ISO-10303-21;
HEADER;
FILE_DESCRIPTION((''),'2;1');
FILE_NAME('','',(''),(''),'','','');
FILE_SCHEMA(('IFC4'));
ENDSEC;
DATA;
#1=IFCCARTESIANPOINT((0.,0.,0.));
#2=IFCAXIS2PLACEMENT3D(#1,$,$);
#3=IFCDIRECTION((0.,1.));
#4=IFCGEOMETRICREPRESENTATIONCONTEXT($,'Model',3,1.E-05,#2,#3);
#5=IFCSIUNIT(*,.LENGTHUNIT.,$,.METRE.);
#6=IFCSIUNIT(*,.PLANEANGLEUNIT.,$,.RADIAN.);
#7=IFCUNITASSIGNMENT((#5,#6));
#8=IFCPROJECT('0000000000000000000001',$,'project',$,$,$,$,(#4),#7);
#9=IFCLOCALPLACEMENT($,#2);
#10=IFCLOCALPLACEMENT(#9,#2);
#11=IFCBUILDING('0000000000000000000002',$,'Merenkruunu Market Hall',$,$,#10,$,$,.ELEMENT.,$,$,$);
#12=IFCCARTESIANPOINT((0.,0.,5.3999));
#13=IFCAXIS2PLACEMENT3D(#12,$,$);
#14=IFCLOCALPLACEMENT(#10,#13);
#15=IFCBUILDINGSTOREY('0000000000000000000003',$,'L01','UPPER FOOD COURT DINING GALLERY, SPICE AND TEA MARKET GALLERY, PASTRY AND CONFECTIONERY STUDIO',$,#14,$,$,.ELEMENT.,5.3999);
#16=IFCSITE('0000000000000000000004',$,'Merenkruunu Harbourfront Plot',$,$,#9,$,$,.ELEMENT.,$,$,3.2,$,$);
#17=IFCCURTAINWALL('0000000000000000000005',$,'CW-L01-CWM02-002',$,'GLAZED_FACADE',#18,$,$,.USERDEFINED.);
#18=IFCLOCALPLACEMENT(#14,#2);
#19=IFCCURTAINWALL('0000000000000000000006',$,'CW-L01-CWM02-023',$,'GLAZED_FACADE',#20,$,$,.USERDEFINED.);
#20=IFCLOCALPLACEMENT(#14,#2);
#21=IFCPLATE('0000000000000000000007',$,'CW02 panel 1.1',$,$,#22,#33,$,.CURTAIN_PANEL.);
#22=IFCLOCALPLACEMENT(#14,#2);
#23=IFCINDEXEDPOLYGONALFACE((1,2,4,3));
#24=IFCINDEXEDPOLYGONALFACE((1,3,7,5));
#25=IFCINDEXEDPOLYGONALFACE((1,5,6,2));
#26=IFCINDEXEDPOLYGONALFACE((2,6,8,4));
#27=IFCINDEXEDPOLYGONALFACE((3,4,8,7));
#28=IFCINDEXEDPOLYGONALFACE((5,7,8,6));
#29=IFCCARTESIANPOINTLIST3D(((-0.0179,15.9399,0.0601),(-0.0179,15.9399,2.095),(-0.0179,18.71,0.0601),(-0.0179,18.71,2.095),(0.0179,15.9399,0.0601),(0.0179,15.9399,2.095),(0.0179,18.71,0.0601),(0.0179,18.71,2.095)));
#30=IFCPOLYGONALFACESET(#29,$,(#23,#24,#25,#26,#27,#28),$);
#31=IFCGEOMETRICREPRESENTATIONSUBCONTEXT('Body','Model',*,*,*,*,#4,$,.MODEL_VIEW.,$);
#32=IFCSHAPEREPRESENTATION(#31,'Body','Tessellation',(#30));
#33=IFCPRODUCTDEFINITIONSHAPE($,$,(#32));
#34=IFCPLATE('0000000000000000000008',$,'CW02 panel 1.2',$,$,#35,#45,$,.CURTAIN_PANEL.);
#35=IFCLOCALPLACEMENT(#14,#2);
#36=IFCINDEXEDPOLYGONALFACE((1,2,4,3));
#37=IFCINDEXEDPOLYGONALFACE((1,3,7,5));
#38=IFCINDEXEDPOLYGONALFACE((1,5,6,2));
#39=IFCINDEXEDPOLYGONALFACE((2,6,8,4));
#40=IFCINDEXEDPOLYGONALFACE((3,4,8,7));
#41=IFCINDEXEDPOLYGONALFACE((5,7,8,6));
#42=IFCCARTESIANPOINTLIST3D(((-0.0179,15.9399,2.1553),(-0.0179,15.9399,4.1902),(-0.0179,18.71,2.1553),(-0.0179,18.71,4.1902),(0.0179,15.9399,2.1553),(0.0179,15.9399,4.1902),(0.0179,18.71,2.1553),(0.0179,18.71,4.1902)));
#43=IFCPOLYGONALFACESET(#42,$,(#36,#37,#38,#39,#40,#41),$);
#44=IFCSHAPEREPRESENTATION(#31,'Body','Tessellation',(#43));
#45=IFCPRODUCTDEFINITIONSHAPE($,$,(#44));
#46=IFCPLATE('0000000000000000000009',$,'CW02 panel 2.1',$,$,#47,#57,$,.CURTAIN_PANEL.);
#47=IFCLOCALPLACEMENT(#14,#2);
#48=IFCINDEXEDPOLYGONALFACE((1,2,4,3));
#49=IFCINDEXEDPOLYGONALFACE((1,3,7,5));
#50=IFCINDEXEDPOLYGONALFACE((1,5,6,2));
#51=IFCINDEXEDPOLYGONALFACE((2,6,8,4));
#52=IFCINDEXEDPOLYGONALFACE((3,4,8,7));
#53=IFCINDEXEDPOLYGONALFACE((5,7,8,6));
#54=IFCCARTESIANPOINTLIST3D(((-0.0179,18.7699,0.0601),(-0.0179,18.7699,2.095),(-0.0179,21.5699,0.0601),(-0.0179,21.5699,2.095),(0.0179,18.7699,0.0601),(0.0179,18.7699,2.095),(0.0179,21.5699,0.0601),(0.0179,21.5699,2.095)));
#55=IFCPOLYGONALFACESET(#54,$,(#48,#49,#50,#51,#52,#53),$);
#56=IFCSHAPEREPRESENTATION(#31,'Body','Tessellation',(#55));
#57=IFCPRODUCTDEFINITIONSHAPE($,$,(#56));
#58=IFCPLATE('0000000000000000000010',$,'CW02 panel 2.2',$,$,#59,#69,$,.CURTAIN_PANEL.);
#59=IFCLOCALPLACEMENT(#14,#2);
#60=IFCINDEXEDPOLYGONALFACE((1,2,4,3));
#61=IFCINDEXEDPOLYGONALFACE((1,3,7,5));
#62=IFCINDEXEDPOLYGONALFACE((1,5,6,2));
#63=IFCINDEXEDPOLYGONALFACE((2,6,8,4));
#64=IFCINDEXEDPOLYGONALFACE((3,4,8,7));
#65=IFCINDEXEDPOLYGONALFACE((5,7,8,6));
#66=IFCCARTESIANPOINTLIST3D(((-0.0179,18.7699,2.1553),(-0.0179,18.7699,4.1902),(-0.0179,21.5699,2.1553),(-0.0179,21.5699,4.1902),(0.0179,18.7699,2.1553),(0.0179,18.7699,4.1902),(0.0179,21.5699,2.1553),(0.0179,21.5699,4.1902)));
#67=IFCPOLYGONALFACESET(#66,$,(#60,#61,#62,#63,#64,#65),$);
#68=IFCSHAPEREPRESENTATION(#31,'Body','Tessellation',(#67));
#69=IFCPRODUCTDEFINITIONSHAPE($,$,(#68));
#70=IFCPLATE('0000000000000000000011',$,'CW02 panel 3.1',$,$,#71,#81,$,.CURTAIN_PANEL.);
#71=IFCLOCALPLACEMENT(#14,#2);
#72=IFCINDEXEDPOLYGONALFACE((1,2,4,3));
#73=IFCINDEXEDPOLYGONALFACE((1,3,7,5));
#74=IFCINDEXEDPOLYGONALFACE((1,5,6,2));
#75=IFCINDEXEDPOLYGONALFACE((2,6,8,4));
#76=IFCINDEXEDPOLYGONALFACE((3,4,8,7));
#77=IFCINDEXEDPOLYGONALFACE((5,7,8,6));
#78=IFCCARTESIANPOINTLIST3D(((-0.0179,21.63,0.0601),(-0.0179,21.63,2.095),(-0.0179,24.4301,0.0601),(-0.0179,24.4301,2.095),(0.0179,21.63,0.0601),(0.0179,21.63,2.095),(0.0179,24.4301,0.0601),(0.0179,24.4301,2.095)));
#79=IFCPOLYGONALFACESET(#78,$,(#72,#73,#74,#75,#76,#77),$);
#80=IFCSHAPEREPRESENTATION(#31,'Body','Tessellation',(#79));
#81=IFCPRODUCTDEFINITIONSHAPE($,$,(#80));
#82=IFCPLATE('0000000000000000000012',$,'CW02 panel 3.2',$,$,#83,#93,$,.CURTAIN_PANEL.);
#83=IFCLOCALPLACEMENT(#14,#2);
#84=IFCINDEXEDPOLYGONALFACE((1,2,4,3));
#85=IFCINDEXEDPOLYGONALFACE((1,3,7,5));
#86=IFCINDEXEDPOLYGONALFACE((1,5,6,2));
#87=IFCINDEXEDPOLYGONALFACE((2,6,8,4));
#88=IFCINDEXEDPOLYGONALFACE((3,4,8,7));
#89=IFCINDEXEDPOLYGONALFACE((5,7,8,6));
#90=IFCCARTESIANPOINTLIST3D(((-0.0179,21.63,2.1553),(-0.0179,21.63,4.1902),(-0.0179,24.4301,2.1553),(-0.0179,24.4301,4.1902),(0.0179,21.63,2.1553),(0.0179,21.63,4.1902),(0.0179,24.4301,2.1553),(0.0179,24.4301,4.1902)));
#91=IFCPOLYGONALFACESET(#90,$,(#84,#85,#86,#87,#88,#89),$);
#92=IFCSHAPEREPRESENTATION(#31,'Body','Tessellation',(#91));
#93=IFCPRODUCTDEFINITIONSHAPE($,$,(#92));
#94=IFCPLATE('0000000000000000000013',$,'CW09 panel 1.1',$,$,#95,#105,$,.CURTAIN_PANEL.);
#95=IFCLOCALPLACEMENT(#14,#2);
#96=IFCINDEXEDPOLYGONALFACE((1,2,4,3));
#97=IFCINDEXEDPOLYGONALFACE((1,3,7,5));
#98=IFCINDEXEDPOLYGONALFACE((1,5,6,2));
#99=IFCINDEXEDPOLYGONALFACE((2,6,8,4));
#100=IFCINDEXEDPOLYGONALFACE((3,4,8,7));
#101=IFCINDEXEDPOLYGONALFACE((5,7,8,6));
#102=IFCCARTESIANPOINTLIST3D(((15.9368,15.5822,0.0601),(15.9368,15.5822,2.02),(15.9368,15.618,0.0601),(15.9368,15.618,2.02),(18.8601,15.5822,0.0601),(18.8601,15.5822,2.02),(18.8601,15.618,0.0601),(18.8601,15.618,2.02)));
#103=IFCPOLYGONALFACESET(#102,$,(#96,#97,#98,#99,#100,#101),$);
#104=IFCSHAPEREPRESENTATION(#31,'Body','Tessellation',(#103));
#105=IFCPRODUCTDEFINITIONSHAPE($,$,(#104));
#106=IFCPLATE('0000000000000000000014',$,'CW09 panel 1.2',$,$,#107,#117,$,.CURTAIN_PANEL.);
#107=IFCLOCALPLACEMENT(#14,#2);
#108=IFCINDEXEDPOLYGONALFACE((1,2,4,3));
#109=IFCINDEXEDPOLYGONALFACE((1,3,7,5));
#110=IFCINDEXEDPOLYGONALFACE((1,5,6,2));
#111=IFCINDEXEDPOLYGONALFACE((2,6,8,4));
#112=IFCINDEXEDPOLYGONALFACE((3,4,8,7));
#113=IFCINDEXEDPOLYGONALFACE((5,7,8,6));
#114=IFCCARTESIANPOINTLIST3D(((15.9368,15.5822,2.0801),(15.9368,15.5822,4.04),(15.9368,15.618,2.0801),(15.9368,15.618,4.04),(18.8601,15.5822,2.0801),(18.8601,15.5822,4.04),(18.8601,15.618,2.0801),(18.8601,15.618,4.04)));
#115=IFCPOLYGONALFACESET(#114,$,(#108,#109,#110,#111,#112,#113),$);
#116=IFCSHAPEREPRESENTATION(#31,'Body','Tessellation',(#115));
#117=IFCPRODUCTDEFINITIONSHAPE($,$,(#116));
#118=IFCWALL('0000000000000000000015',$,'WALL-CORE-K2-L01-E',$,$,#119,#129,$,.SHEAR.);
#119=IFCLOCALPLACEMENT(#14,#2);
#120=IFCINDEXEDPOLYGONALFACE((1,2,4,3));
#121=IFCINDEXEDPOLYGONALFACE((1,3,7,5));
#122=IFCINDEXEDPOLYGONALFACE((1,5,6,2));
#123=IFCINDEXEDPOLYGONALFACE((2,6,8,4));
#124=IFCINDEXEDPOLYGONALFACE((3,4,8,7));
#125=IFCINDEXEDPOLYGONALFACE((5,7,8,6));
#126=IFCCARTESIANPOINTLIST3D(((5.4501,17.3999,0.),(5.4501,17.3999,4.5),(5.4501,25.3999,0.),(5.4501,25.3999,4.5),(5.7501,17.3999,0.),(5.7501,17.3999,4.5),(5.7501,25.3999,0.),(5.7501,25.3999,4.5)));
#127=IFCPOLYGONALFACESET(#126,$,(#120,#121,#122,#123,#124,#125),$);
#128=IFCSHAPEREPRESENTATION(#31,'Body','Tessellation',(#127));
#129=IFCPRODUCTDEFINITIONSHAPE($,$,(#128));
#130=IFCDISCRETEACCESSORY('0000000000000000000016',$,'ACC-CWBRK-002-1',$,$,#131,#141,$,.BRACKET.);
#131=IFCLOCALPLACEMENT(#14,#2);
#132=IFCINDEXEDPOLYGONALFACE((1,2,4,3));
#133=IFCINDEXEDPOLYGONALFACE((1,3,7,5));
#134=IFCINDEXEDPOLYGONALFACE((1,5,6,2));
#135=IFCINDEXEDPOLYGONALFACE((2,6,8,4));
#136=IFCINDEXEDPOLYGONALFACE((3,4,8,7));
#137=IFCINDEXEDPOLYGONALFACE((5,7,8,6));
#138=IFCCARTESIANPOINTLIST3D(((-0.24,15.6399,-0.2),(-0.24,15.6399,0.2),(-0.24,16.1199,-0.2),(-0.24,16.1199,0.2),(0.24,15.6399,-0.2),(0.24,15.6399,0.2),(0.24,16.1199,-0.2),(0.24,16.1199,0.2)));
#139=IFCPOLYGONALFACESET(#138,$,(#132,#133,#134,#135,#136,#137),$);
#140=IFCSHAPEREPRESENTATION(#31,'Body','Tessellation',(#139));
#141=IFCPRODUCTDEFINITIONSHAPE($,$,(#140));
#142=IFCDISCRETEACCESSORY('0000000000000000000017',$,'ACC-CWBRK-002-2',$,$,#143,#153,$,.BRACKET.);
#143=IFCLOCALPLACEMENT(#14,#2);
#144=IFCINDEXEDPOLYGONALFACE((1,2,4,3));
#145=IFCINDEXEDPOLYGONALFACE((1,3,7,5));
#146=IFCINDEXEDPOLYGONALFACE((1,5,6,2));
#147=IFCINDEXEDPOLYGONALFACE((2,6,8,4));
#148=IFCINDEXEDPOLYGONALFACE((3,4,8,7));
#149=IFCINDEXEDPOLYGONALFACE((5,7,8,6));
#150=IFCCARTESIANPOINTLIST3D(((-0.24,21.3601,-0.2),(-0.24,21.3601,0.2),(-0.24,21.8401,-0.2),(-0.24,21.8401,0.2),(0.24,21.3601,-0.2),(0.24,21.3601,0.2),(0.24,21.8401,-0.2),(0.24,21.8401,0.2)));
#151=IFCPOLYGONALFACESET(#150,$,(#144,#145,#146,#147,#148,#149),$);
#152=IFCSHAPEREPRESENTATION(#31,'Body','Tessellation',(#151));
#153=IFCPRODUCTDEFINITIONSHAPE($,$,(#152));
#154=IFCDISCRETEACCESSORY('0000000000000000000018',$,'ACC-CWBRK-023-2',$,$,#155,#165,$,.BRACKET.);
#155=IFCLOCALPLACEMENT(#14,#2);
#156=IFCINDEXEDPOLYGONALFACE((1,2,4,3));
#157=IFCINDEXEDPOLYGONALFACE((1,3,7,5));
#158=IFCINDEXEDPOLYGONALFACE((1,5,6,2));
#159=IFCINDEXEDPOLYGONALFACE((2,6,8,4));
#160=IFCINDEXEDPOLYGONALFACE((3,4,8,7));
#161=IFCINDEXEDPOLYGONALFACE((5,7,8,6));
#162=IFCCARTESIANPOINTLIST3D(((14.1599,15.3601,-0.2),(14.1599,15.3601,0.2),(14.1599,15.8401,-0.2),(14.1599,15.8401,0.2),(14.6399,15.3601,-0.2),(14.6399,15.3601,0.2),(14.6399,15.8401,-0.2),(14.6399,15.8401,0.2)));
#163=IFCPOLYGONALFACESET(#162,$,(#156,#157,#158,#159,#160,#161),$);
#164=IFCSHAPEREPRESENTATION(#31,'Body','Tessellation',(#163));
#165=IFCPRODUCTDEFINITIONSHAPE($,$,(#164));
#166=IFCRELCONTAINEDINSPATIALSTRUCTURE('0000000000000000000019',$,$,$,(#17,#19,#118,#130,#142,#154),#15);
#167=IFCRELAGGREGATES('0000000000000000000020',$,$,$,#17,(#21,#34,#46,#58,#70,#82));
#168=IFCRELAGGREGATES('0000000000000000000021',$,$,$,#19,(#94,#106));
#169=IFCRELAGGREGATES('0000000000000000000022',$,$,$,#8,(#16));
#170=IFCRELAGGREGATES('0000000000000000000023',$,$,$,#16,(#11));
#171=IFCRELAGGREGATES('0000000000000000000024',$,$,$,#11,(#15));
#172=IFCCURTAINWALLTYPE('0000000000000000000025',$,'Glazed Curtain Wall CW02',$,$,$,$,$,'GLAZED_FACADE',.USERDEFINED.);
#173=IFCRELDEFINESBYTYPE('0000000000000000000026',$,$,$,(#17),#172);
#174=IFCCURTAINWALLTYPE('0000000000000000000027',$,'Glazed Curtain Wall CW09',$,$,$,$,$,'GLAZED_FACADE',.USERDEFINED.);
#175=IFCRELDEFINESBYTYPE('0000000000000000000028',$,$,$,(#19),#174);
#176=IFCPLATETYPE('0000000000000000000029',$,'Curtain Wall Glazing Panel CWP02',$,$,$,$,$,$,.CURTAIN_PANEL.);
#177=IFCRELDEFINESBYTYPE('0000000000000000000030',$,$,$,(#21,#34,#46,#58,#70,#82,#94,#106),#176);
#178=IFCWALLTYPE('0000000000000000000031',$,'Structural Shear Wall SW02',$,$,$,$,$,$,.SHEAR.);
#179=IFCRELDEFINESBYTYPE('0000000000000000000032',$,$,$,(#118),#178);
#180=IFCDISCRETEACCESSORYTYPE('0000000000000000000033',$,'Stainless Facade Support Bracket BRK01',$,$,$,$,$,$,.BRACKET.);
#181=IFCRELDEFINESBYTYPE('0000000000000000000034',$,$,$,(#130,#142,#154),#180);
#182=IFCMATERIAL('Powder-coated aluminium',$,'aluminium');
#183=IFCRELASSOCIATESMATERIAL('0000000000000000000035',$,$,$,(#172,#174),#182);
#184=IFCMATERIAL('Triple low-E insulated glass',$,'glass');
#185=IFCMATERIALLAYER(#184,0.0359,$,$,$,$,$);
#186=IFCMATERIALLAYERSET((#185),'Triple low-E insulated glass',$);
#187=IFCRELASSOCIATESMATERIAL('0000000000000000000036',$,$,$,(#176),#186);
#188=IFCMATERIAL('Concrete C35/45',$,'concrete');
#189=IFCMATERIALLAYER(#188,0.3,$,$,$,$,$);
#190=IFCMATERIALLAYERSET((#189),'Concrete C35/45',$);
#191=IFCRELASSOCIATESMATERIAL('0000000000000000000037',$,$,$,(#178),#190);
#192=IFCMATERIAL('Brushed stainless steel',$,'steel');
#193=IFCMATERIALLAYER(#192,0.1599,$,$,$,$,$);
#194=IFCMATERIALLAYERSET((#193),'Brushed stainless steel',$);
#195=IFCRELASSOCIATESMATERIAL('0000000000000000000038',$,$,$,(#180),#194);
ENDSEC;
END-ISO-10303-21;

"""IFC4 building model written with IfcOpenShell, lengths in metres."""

from ifc_helpers import new_model, si_unit, direction, frame, frame_2d, origin, origin_2d, place, context, subcontext, project, spatial, rectangle, extrude, material, layer, layer_set, type_object, element, aggregate, save


model = new_model("IFC4")

# Units and contexts
model_context = context("Model", 3, precision=1e-05, world=origin(), true_north=direction((0.0, 1.0)))
body_context = subcontext(model_context, "Body", "Model", "MODEL_VIEW")
ifc_project = project(units=[si_unit("LENGTHUNIT", "METRE"), si_unit("PLANEANGLEUNIT", "RADIAN")], contexts=[model_context])

# Site, building, storey
site_placement = place(None, origin())
site = spatial("IfcSite", under=ifc_project, at=site_placement, Name="Merenkruunu Harbourfront Plot", CompositionType="ELEMENT", RefElevation=3.2)
building_placement = place(site_placement, origin())
building = spatial("IfcBuilding", under=site, at=building_placement, Name="Merenkruunu Market Hall", CompositionType="ELEMENT")
storey_placement = place(building_placement, frame((0.0, 0.0, 5.3999)))
storey = spatial("IfcBuildingStorey", under=building, at=storey_placement, Name="L01", Description="UPPER FOOD COURT DINING GALLERY, SPICE AND TEA MARKET GALLERY, PASTRY AND CONFECTIONERY STUDIO", CompositionType="ELEMENT", Elevation=5.3999)

# Curtain wall
ifc_material_1 = material(Name="Powder-coated aluminium", Category="aluminium")
curtain_wall_type_1 = type_object("IfcCurtainWallType", Name="Glazed Curtain Wall CW02", ElementType="GLAZED_FACADE", PredefinedType="USERDEFINED", material=ifc_material_1)
curtain_wall_1_placement = place(storey_placement, origin())
curtain_wall_1 = element("IfcCurtainWall", 1, at=curtain_wall_1_placement, inside=storey, type_object=curtain_wall_type_1, Name="CW-L01-CWM02-002", ObjectType="GLAZED_FACADE", PredefinedType="USERDEFINED")

# Curtain wall
curtain_wall_type_2 = type_object("IfcCurtainWallType", Name="Glazed Curtain Wall CW09", ElementType="GLAZED_FACADE", PredefinedType="USERDEFINED", material=ifc_material_1)
curtain_wall_2_placement = place(storey_placement, origin())
curtain_wall_2 = element("IfcCurtainWall", 2, at=curtain_wall_2_placement, inside=storey, type_object=curtain_wall_type_2, Name="CW-L01-CWM02-023", ObjectType="GLAZED_FACADE", PredefinedType="USERDEFINED")

# Plates
ifc_material_2 = material(Name="Triple low-E insulated glass", Category="glass")
ifc_layer_1 = layer(ifc_material_2, 0.0359)
ifc_layer_set_1 = layer_set([ifc_layer_1], Name="Triple low-E insulated glass")
plate_type = type_object("IfcPlateType", Name="Curtain Wall Glazing Panel CWP02", PredefinedType="CURTAIN_PANEL", material=ifc_layer_set_1)
plate_1_placement = place(storey_placement, frame((0.0, 17.325, 0.0601), z_axis=(0.0, 0.0, 1.0), x_axis=(0.0, 1.0, 0.0)))
plate_1 = element("IfcPlate", 3, at=plate_1_placement, type_object=plate_type, Name="CW02 panel 1.1", PredefinedType="CURTAIN_PANEL", context=body_context, shape_type="SweptSolid", body=[
    extrude(rectangle(XDim=2.77, YDim=0.0359, at=origin_2d()), origin(), (0.0, 0.0, 1.0), 2.0349),
])
plate_2_placement = place(storey_placement, frame((0.0, 17.325, 2.1553), z_axis=(0.0, 0.0, 1.0), x_axis=(0.0, 1.0, 0.0)))
plate_2 = element("IfcPlate", 4, at=plate_2_placement, type_object=plate_type, Name="CW02 panel 1.2", PredefinedType="CURTAIN_PANEL", context=body_context, shape_type="SweptSolid", body=[
    extrude(rectangle(XDim=2.77, YDim=0.0359, at=origin_2d()), origin(), (0.0, 0.0, 1.0), 2.0349),
])
plate_3_placement = place(storey_placement, frame((0.0, 20.1699, 0.0601), z_axis=(0.0, 0.0, 1.0), x_axis=(0.0, 1.0, 0.0)))
plate_3 = element("IfcPlate", 5, at=plate_3_placement, type_object=plate_type, Name="CW02 panel 2.1", PredefinedType="CURTAIN_PANEL", context=body_context, shape_type="SweptSolid", body=[
    extrude(rectangle(XDim=2.8, YDim=0.0359, at=origin_2d()), origin(), (0.0, 0.0, 1.0), 2.0349),
])
plate_4_placement = place(storey_placement, frame((0.0, 20.1699, 2.1553), z_axis=(0.0, 0.0, 1.0), x_axis=(0.0, 1.0, 0.0)))
plate_4 = element("IfcPlate", 6, at=plate_4_placement, type_object=plate_type, Name="CW02 panel 2.2", PredefinedType="CURTAIN_PANEL", context=body_context, shape_type="SweptSolid", body=[
    extrude(rectangle(XDim=2.8, YDim=0.0359, at=origin_2d()), origin(), (0.0, 0.0, 1.0), 2.0349),
])
plate_5_placement = place(storey_placement, frame((0.0, 23.03, 0.0601), z_axis=(0.0, 0.0, 1.0), x_axis=(0.0, 1.0, 0.0)))
plate_5 = element("IfcPlate", 7, at=plate_5_placement, type_object=plate_type, Name="CW02 panel 3.1", PredefinedType="CURTAIN_PANEL", context=body_context, shape_type="SweptSolid", body=[
    extrude(rectangle(XDim=2.8, YDim=0.0359, at=origin_2d()), origin(), (0.0, 0.0, 1.0), 2.0349),
])
plate_6_placement = place(storey_placement, frame((0.0, 23.03, 2.1553), z_axis=(0.0, 0.0, 1.0), x_axis=(0.0, 1.0, 0.0)))
plate_6 = element("IfcPlate", 8, at=plate_6_placement, type_object=plate_type, Name="CW02 panel 3.2", PredefinedType="CURTAIN_PANEL", context=body_context, shape_type="SweptSolid", body=[
    extrude(rectangle(XDim=2.8, YDim=0.0359, at=origin_2d()), origin(), (0.0, 0.0, 1.0), 2.0349),
])
aggregate(curtain_wall_1, [plate_1, plate_2, plate_3, plate_4, plate_5, plate_6])
plate_7_placement = place(storey_placement, frame((17.3984, 15.6001, 0.0601), z_axis=(0.0, 0.0, 1.0), x_axis=(-1.0, 0.0, 0.0)))
plate_7 = element("IfcPlate", 9, at=plate_7_placement, type_object=plate_type, Name="CW09 panel 1.1", PredefinedType="CURTAIN_PANEL", context=body_context, shape_type="SweptSolid", body=[
    extrude(rectangle(XDim=2.9233, YDim=0.0359, at=origin_2d()), origin(), (0.0, 0.0, 1.0), 1.96),
])
plate_8_placement = place(storey_placement, frame((17.3984, 15.6001, 2.0801), z_axis=(0.0, 0.0, 1.0), x_axis=(-1.0, 0.0, 0.0)))
plate_8 = element("IfcPlate", 10, at=plate_8_placement, type_object=plate_type, Name="CW09 panel 1.2", PredefinedType="CURTAIN_PANEL", context=body_context, shape_type="SweptSolid", body=[
    extrude(rectangle(XDim=2.9233, YDim=0.0359, at=origin_2d()), origin(), (0.0, 0.0, 1.0), 1.96),
])
aggregate(curtain_wall_2, [plate_7, plate_8])

# Shared definitions
ifc_material_3 = material(Name="Concrete C35/45", Category="concrete")
ifc_layer_2 = layer(ifc_material_3, 0.3)
ifc_layer_set_2 = layer_set([ifc_layer_2], Name="Concrete C35/45")
wall_type = type_object("IfcWallType", Name="Structural Shear Wall SW02", PredefinedType="SHEAR", material=ifc_layer_set_2)

# Wall
wall_1_placement = place(storey_placement, frame((5.6001, 17.3999, 0.0), z_axis=(0.0, 0.0, 1.0), x_axis=(0.0, 1.0, 0.0)))
element("IfcWall", 11, at=wall_1_placement, inside=storey, type_object=wall_type, Name="WALL-CORE-K2-L01-E", PredefinedType="SHEAR", context=body_context, shape_type="SweptSolid", body=[
    extrude(rectangle(XDim=8.0, YDim=0.3, at=frame_2d((4.0, 0.0))), origin(), (0.0, 0.0, 1.0), 4.5),
])

# Shared definitions
ifc_material_4 = material(Name="Brushed stainless steel", Category="steel")

# Discrete accessories
ifc_layer_3 = layer(ifc_material_4, 0.1599)
ifc_layer_set_3 = layer_set([ifc_layer_3], Name="Brushed stainless steel")
discrete_accessory_type = type_object("IfcDiscreteAccessoryType", Name="Stainless Facade Support Bracket BRK01", PredefinedType="BRACKET", material=ifc_layer_set_3)
for number, where, z_axis, x_axis, name in (
    (12, (0.0, 15.8799, -0.2), (0.0, 0.0, 1.0), (1.0, 0.0, 0.0), "ACC-CWBRK-002-1"),
    (13, (0.0, 21.6001, -0.2), (0.0, 0.0, 1.0), (1.0, 0.0, 0.0), "ACC-CWBRK-002-2"),
    (14, (14.3999, 15.6001, -0.2), (0.0, 0.0, 1.0), (1.0, 0.0, 0.0), "ACC-CWBRK-023-2"),
):
    element("IfcDiscreteAccessory", number, at=place(storey_placement, frame(where, z_axis=z_axis, x_axis=x_axis)), inside=storey, type_object=discrete_accessory_type, Name=name, PredefinedType="BRACKET", context=body_context, shape_type="SweptSolid", body=[
        extrude(rectangle(XDim=0.48, YDim=0.48, at=origin_2d()), origin(), (0.0, 0.0, 1.0), 0.3999),
    ])

save(model, "model.ifc")
